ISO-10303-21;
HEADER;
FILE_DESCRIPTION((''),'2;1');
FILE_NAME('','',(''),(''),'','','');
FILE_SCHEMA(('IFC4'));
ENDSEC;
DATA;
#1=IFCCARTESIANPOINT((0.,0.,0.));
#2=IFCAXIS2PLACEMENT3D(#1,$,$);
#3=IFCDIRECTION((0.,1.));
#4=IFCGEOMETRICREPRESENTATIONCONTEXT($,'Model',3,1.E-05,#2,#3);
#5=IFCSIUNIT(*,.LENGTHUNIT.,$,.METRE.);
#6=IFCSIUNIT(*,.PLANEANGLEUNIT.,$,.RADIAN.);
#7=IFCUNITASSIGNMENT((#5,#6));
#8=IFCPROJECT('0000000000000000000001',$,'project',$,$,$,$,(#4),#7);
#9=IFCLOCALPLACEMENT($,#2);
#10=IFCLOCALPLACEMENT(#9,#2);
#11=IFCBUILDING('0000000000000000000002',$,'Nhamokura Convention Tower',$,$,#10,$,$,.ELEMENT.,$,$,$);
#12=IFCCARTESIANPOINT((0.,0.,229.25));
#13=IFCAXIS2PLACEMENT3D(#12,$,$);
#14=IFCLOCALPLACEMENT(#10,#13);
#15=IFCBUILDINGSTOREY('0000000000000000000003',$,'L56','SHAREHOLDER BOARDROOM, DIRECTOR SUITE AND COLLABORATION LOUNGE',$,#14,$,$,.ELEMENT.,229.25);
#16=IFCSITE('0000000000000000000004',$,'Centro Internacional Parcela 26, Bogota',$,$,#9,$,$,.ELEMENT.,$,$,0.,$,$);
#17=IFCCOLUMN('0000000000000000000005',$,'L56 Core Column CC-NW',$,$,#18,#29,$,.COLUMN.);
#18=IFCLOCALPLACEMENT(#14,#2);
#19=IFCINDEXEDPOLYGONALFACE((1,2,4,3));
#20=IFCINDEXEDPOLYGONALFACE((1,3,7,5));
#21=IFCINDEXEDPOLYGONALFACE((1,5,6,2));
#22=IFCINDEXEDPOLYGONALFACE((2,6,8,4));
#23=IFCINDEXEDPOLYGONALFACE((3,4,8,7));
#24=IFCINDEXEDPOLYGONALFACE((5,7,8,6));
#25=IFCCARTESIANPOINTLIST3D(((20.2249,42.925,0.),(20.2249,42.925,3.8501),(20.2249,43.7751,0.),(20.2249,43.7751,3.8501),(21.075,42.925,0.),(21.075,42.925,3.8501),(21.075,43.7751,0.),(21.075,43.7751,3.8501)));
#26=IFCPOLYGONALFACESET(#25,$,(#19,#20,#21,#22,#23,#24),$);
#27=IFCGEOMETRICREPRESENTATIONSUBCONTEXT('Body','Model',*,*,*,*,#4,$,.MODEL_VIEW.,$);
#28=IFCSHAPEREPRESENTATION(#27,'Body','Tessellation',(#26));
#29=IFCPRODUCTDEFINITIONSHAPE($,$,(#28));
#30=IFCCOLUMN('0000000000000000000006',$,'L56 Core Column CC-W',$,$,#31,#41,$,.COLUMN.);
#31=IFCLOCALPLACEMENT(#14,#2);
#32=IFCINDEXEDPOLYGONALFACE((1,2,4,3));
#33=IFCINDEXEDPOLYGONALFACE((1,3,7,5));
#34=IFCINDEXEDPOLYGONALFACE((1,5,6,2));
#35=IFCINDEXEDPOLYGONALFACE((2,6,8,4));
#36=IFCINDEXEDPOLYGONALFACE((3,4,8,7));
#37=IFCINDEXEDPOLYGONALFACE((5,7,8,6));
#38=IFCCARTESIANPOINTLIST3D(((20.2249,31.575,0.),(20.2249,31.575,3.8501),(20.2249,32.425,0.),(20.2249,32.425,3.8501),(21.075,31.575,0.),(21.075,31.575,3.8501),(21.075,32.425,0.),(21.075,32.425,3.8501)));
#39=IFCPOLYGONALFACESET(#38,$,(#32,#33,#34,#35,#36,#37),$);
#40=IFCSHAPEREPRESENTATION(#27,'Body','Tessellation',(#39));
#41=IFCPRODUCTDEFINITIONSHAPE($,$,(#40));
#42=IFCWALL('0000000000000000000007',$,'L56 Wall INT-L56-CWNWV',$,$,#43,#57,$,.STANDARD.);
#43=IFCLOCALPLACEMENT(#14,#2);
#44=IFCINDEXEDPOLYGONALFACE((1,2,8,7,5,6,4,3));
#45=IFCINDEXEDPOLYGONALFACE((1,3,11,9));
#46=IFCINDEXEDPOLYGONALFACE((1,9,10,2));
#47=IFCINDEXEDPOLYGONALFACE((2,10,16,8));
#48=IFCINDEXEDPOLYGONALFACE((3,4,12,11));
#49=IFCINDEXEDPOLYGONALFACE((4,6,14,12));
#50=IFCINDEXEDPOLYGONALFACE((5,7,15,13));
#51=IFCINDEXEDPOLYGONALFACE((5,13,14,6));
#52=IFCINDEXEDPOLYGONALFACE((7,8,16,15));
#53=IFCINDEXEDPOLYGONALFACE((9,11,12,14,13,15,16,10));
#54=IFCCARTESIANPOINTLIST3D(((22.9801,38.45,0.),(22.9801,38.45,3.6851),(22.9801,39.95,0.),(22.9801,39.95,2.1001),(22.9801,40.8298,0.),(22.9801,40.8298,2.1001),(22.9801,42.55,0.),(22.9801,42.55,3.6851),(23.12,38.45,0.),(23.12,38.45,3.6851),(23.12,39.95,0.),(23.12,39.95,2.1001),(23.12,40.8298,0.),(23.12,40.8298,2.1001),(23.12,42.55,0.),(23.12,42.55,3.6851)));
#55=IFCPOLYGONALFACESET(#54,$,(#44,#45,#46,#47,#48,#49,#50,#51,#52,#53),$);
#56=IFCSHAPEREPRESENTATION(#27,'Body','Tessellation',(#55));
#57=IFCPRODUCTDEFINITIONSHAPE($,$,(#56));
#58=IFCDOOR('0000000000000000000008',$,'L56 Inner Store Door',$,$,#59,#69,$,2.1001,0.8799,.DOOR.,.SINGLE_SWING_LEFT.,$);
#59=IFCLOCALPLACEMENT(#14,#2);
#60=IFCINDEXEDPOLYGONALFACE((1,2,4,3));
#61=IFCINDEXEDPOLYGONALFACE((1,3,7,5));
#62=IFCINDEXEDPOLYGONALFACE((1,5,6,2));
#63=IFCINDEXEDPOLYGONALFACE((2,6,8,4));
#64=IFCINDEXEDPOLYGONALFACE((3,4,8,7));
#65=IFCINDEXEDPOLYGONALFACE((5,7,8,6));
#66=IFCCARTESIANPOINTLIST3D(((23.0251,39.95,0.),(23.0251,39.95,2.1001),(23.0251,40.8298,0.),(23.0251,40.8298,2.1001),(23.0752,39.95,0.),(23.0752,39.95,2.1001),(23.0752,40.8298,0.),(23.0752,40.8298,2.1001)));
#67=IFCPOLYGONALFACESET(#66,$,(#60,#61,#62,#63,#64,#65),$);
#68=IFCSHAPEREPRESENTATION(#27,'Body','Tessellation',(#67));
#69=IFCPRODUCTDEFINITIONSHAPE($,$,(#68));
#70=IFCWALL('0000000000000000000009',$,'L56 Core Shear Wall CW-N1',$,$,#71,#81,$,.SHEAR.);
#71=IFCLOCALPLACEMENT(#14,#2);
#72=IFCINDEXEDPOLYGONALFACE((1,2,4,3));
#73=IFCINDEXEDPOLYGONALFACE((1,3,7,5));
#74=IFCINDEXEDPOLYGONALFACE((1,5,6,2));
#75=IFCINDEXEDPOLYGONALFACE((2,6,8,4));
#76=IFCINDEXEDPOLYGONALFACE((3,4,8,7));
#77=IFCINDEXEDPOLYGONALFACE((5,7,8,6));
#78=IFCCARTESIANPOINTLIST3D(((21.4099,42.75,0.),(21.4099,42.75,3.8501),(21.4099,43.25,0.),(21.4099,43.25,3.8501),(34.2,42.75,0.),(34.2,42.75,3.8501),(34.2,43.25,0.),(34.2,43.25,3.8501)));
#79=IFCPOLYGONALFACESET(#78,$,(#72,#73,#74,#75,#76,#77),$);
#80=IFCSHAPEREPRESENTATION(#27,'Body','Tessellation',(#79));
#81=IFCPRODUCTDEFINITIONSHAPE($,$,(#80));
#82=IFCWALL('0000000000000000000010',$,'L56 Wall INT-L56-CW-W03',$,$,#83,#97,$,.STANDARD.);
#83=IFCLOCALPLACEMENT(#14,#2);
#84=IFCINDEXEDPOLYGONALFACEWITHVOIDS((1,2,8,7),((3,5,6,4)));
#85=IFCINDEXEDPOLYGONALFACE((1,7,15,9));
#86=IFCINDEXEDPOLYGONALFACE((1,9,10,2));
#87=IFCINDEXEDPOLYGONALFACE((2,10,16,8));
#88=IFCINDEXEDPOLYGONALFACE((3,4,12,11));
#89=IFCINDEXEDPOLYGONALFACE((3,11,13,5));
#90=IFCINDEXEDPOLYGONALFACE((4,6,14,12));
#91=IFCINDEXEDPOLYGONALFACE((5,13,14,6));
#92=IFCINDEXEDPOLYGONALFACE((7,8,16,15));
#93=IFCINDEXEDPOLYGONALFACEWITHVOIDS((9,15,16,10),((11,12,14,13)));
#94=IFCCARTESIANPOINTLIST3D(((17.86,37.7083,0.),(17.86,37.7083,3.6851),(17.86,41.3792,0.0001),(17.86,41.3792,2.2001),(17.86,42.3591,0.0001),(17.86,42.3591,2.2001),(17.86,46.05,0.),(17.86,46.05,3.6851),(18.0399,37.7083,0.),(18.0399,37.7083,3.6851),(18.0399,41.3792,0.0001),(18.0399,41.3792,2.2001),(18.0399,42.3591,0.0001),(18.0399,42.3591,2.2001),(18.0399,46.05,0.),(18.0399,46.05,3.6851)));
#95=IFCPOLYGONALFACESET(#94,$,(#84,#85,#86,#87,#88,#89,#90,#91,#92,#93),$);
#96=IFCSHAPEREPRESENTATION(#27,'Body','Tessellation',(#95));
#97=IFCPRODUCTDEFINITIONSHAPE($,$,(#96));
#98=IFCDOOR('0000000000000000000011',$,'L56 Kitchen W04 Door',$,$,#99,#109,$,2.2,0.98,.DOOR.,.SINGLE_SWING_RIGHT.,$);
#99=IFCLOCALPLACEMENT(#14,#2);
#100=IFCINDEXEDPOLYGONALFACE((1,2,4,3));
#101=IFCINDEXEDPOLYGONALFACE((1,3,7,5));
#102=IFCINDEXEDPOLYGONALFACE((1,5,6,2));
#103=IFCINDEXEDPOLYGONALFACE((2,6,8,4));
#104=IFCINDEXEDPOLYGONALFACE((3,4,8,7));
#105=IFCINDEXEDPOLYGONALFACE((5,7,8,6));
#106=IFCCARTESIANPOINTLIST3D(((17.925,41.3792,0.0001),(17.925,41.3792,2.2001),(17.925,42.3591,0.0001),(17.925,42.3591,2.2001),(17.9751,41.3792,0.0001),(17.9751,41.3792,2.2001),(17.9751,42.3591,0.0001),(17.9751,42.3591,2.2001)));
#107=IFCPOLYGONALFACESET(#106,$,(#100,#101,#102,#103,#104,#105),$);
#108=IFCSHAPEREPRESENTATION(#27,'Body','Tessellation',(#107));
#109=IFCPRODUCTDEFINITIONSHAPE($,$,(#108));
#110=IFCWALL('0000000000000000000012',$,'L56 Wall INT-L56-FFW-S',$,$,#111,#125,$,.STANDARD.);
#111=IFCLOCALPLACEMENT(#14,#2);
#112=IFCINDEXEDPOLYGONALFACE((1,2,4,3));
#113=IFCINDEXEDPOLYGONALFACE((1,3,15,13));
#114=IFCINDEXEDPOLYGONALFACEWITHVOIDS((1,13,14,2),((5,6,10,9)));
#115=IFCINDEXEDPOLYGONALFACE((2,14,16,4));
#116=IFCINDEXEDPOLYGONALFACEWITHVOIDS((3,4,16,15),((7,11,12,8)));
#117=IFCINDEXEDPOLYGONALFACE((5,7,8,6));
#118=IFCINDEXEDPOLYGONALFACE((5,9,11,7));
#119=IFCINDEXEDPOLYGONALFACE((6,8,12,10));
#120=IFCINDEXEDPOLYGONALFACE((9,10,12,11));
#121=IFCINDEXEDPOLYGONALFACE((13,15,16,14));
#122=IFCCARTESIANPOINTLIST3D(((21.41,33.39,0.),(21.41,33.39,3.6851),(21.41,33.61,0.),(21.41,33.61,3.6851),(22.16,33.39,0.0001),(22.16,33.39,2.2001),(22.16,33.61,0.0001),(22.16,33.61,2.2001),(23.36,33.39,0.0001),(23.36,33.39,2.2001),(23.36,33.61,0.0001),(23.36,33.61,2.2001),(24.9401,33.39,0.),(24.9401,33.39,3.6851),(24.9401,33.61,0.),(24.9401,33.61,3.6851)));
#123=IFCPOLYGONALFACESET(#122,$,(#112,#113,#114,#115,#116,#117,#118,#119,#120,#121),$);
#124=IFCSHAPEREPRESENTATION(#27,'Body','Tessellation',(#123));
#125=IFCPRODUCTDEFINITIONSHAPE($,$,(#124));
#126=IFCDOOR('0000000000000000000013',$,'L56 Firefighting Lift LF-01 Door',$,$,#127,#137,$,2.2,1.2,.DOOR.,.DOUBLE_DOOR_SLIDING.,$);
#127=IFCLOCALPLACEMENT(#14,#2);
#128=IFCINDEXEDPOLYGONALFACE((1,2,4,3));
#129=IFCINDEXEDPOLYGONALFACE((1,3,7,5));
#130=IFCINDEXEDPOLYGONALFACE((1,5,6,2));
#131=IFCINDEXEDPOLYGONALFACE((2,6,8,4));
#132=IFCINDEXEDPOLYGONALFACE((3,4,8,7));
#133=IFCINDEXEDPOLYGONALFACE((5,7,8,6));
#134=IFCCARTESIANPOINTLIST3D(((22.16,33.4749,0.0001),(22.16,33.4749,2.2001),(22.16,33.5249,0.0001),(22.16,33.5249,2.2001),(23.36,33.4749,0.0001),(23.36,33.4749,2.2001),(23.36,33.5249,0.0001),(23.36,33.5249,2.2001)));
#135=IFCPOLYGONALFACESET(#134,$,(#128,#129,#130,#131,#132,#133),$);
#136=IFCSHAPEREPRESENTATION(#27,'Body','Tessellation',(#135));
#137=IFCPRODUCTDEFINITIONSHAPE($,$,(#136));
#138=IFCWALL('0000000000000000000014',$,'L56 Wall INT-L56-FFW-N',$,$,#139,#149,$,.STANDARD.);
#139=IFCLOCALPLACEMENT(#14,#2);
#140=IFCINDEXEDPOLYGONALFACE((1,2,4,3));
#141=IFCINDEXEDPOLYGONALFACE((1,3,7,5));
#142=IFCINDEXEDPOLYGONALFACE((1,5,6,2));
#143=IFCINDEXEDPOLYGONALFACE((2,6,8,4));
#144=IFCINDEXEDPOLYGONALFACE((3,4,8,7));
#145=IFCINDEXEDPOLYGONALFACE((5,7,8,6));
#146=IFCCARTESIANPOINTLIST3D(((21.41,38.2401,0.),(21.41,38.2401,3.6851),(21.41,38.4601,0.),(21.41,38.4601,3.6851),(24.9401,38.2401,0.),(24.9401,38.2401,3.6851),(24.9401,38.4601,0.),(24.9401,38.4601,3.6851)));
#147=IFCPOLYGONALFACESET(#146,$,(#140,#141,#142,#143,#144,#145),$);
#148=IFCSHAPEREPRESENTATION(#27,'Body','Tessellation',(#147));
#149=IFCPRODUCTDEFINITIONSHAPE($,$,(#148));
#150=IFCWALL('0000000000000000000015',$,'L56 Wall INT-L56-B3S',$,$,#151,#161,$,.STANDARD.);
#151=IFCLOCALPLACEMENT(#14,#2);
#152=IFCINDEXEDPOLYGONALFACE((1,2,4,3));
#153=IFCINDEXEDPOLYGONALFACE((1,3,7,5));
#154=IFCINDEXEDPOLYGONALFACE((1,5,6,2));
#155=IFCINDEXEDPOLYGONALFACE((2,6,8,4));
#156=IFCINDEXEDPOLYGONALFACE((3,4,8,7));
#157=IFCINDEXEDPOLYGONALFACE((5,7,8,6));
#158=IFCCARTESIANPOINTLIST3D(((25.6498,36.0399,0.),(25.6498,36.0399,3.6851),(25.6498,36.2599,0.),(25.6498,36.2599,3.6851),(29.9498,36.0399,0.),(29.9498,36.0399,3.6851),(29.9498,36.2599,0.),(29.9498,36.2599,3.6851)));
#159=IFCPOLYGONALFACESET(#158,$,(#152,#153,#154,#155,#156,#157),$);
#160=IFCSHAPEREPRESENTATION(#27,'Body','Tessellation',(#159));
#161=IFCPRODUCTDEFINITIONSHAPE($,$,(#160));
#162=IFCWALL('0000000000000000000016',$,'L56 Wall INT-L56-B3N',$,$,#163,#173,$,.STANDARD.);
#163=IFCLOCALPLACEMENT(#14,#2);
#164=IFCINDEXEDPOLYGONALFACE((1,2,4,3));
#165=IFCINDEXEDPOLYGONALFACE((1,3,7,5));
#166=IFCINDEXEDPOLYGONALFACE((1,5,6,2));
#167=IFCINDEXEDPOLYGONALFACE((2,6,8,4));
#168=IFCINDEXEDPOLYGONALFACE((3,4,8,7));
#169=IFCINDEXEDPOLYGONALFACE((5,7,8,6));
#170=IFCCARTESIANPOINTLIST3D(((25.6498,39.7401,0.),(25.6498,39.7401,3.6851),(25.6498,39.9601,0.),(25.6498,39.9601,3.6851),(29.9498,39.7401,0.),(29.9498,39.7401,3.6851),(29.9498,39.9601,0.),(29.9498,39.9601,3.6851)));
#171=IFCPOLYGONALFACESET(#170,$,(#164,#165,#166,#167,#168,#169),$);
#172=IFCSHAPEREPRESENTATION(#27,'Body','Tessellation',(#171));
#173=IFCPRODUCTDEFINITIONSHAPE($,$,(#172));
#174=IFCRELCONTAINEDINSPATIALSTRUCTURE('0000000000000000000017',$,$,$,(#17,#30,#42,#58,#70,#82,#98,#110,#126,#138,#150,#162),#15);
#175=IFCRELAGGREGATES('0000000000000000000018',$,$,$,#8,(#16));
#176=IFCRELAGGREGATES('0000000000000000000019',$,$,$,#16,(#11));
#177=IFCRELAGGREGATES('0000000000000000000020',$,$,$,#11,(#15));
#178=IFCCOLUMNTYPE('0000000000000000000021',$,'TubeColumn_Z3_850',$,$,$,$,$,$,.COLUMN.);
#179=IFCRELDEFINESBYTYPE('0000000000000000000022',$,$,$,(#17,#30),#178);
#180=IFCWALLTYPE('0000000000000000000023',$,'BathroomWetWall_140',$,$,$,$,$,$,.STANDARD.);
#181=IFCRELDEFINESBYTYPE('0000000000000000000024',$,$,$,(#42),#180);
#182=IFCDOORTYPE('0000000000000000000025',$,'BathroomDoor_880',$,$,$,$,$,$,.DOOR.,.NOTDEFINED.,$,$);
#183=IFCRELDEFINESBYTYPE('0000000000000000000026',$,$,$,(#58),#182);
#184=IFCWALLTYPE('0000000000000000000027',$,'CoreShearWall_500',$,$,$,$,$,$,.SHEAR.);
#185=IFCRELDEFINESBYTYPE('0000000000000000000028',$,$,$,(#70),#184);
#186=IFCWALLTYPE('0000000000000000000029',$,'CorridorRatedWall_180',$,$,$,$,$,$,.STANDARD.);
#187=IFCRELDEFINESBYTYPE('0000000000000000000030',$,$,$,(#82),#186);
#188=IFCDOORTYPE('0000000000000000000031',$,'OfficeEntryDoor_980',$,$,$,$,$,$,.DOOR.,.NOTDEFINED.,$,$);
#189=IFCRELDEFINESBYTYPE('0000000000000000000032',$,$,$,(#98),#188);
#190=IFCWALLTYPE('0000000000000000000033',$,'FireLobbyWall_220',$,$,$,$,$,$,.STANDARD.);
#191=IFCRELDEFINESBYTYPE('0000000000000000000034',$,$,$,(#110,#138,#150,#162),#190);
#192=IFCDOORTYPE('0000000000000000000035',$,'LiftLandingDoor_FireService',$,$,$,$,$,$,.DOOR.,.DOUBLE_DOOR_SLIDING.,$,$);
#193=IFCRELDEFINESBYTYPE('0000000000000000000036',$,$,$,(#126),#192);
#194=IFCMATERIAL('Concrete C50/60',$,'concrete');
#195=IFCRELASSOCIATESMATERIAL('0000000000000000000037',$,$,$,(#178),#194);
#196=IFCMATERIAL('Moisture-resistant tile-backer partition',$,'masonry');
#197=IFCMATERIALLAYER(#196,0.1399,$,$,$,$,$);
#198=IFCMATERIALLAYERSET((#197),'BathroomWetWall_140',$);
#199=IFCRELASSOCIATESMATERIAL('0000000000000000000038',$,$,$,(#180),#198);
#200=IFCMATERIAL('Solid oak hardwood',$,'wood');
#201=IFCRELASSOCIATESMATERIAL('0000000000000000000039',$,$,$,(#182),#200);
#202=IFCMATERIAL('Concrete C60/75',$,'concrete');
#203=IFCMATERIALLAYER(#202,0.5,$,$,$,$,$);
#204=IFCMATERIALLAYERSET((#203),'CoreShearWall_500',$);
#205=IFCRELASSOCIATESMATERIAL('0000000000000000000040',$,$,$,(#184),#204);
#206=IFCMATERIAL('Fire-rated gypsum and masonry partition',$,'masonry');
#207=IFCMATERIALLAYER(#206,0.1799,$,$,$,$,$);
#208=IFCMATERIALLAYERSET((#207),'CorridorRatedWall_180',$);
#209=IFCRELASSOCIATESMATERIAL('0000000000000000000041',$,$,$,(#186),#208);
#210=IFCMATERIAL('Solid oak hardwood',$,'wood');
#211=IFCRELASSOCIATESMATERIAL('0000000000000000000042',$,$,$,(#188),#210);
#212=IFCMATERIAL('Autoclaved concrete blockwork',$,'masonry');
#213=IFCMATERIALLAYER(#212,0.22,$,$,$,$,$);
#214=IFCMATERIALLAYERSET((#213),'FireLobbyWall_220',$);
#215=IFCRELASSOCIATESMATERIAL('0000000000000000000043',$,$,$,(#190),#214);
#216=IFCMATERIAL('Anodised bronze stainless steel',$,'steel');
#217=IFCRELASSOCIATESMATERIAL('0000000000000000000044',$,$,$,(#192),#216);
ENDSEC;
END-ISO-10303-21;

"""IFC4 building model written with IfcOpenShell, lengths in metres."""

from ifc_helpers import new_model, si_unit, direction, frame, frame_2d, origin, origin_2d, place, context, subcontext, project, spatial, rectangle, extrude, material, layer, layer_set, material_profile, profile_set, type_object, element, fill, save


model = new_model("IFC4")

# Units and contexts
model_context = context("Model", 3, precision=1e-05, world=origin(), true_north=direction((0.0, 1.0)))
body_context = subcontext(model_context, "Body", "Model", "MODEL_VIEW")
ifc_project = project(units=[si_unit("LENGTHUNIT", "METRE"), si_unit("PLANEANGLEUNIT", "RADIAN")], contexts=[model_context])

# Site, building, storey
site_placement = place(None, origin())
site = spatial("IfcSite", under=ifc_project, at=site_placement, Name="Centro Internacional Parcela 26, Bogota", CompositionType="ELEMENT", RefElevation=0.0)
building_placement = place(site_placement, origin())
building = spatial("IfcBuilding", under=site, at=building_placement, Name="Nhamokura Convention Tower", CompositionType="ELEMENT")
storey_placement = place(building_placement, frame((0.0, 0.0, 229.25)))
storey = spatial("IfcBuildingStorey", under=building, at=storey_placement, Name="L56", Description="SHAREHOLDER BOARDROOM, DIRECTOR SUITE AND COLLABORATION LOUNGE", CompositionType="ELEMENT", Elevation=229.25)

# Columns
ifc_material_1 = material(Name="Concrete C50/60", Category="concrete")
ifc_material_profile = material_profile(ifc_material_1, rectangle(XDim=0.8501, YDim=0.8501, at=origin_2d()))
ifc_profile_set = profile_set([ifc_material_profile], Name="Concrete C50/60")
column_type = type_object("IfcColumnType", Name="TubeColumn_Z3_850", PredefinedType="COLUMN", material=ifc_profile_set)
for number, where, z_axis, x_axis, name in (
    (1, (20.6499, 43.3501, 0.0), (0.0, 0.0, 1.0), (1.0, 0.0, 0.0), "L56 Core Column CC-NW"),
    (2, (20.6499, 32.0, 0.0), (0.0, 0.0, 1.0), (1.0, 0.0, 0.0), "L56 Core Column CC-W"),
):
    element("IfcColumn", number, at=place(storey_placement, frame(where, z_axis=z_axis, x_axis=x_axis)), inside=storey, type_object=column_type, Name=name, PredefinedType="COLUMN", context=body_context, shape_type="SweptSolid", body=[
        extrude(rectangle(XDim=0.8501, YDim=0.8501, at=origin_2d()), origin(), (0.0, 0.0, 1.0), 3.8501),
    ])

# Wall, opening, door
ifc_material_2 = material(Name="Moisture-resistant tile-backer partition", Category="masonry")
ifc_layer_1 = layer(ifc_material_2, 0.1399)
ifc_layer_set_1 = layer_set([ifc_layer_1], Name="BathroomWetWall_140")
wall_type_1 = type_object("IfcWallType", Name="BathroomWetWall_140", PredefinedType="STANDARD", material=ifc_layer_set_1)
wall_1_placement = place(storey_placement, frame((23.05, 38.45, 0.0), z_axis=(0.0, 0.0, 1.0), x_axis=(0.0, 1.0, 0.0)))
wall_1 = element("IfcWall", 3, at=wall_1_placement, inside=storey, type_object=wall_type_1, Name="L56 Wall INT-L56-CWNWV", PredefinedType="STANDARD", context=body_context, shape_type="SweptSolid", body=[
    extrude(rectangle(XDim=4.1001, YDim=0.1399, at=frame_2d((2.05, 0.0))), origin(), (0.0, 0.0, 1.0), 3.6851),
])
opening_1_placement = place(wall_1_placement, frame((1.5, 0.0, 0.0)))
opening_1 = element("IfcOpeningElement", 4, at=opening_1_placement, cuts=wall_1, PredefinedType="OPENING", context=body_context, shape_type="SweptSolid", body=[
    extrude(rectangle(XDim=0.8799, YDim=2.1001, at=frame_2d((0.4399, 1.05))), frame((0.0, 0.0798, 0.0), z_axis=(0.0, -1.0, 0.0), x_axis=(1.0, 0.0, 0.0)), (0.0, 0.0, 1.0), 0.1599),
])
ifc_material_3 = material(Name="Solid oak hardwood", Category="wood")
door_type_1 = type_object("IfcDoorType", Name="BathroomDoor_880", OperationType="NOTDEFINED", PredefinedType="DOOR", material=ifc_material_3)
door_1_placement = place(opening_1_placement, origin())
door_1 = element("IfcDoor", 5, at=door_1_placement, inside=storey, type_object=door_type_1, Name="L56 Inner Store Door", OperationType="SINGLE_SWING_LEFT", OverallHeight=2.1001, OverallWidth=0.8799, PredefinedType="DOOR", context=body_context, shape_type="SweptSolid", body=[
    extrude(rectangle(XDim=0.8799, YDim=2.1001, at=frame_2d((0.4399, 1.05))), frame((0.0, 0.0249, 0.0), z_axis=(0.0, -1.0, 0.0), x_axis=(1.0, 0.0, 0.0)), (0.0, 0.0, 1.0), 0.05),
])
fill(opening_1, door_1)

# Shared definitions
ifc_material_4 = material(Name="Concrete C60/75", Category="concrete")
ifc_layer_2 = layer(ifc_material_4, 0.5)
ifc_layer_set_2 = layer_set([ifc_layer_2], Name="CoreShearWall_500")
wall_type_2 = type_object("IfcWallType", Name="CoreShearWall_500", PredefinedType="SHEAR", material=ifc_layer_set_2)

# Wall
wall_2_placement = place(storey_placement, frame((21.4099, 43.0, 0.0), z_axis=(0.0, 0.0, 1.0), x_axis=(1.0, 0.0, 0.0)))
element("IfcWall", 6, at=wall_2_placement, inside=storey, type_object=wall_type_2, Name="L56 Core Shear Wall CW-N1", PredefinedType="SHEAR", context=body_context, shape_type="SweptSolid", body=[
    extrude(rectangle(XDim=12.79, YDim=0.5, at=frame_2d((6.395, 0.0))), origin(), (0.0, 0.0, 1.0), 3.8501),
])

# Walls, openings, doors
ifc_material_5 = material(Name="Fire-rated gypsum and masonry partition", Category="masonry")
ifc_layer_3 = layer(ifc_material_5, 0.1799)
ifc_layer_set_3 = layer_set([ifc_layer_3], Name="CorridorRatedWall_180")
wall_type_3 = type_object("IfcWallType", Name="CorridorRatedWall_180", PredefinedType="STANDARD", material=ifc_layer_set_3)
wall_3_placement = place(storey_placement, frame((17.95, 37.7083, 0.0), z_axis=(0.0, 0.0, 1.0), x_axis=(0.0, 1.0, 0.0)))
wall_3 = element("IfcWall", 7, at=wall_3_placement, inside=storey, type_object=wall_type_3, Name="L56 Wall INT-L56-CW-W03", PredefinedType="STANDARD", context=body_context, shape_type="SweptSolid", body=[
    extrude(rectangle(XDim=8.3418, YDim=0.1799, at=frame_2d((4.1709, 0.0))), origin(), (0.0, 0.0, 1.0), 3.6851),
])
opening_2_placement = place(wall_3_placement, frame((3.6709, 0.0, 0.0)))
opening_2 = element("IfcOpeningElement", 8, at=opening_2_placement, cuts=wall_3, PredefinedType="OPENING", context=body_context, shape_type="SweptSolid", body=[
    extrude(rectangle(XDim=0.98, YDim=2.2, at=frame_2d((0.49, 1.1001))), frame((0.0, 0.0999, 0.0), z_axis=(0.0, -1.0, 0.0), x_axis=(1.0, 0.0, 0.0)), (0.0, 0.0, 1.0), 0.2),
])
ifc_material_6 = material(Name="Solid oak hardwood", Category="wood")
door_type_2 = type_object("IfcDoorType", Name="OfficeEntryDoor_980", OperationType="NOTDEFINED", PredefinedType="DOOR", material=ifc_material_6)
door_2_placement = place(opening_2_placement, origin())
door_2 = element("IfcDoor", 9, at=door_2_placement, inside=storey, type_object=door_type_2, Name="L56 Kitchen W04 Door", OperationType="SINGLE_SWING_RIGHT", OverallHeight=2.2, OverallWidth=0.98, PredefinedType="DOOR", context=body_context, shape_type="SweptSolid", body=[
    extrude(rectangle(XDim=0.98, YDim=2.2, at=frame_2d((0.49, 1.1001))), frame((0.0, 0.0249, 0.0), z_axis=(0.0, -1.0, 0.0), x_axis=(1.0, 0.0, 0.0)), (0.0, 0.0, 1.0), 0.05),
])
fill(opening_2, door_2)
ifc_material_7 = material(Name="Autoclaved concrete blockwork", Category="masonry")
ifc_layer_4 = layer(ifc_material_7, 0.22)
ifc_layer_set_4 = layer_set([ifc_layer_4], Name="FireLobbyWall_220")
wall_type_4 = type_object("IfcWallType", Name="FireLobbyWall_220", PredefinedType="STANDARD", material=ifc_layer_set_4)
wall_4_placement = place(storey_placement, frame((21.4099, 33.5, 0.0), z_axis=(0.0, 0.0, 1.0), x_axis=(1.0, 0.0, 0.0)))
wall_4 = element("IfcWall", 10, at=wall_4_placement, inside=storey, type_object=wall_type_4, Name="L56 Wall INT-L56-FFW-S", PredefinedType="STANDARD", context=body_context, shape_type="SweptSolid", body=[
    extrude(rectangle(XDim=3.53, YDim=0.22, at=frame_2d((1.7651, 0.0))), origin(), (0.0, 0.0, 1.0), 3.6851),
])
opening_3_placement = place(wall_4_placement, frame((0.75, 0.0, 0.0)))
opening_3 = element("IfcOpeningElement", 11, at=opening_3_placement, cuts=wall_4, PredefinedType="OPENING", context=body_context, shape_type="SweptSolid", body=[
    extrude(rectangle(XDim=1.2, YDim=2.2, at=frame_2d((0.6001, 1.1001))), frame((0.0, 0.1199, 0.0), z_axis=(0.0, -1.0, 0.0), x_axis=(1.0, 0.0, 0.0)), (0.0, 0.0, 1.0), 0.24),
])
ifc_material_8 = material(Name="Anodised bronze stainless steel", Category="steel")
door_type_3 = type_object("IfcDoorType", Name="LiftLandingDoor_FireService", OperationType="DOUBLE_DOOR_SLIDING", PredefinedType="DOOR", material=ifc_material_8)
door_3_placement = place(opening_3_placement, origin())
door_3 = element("IfcDoor", 12, at=door_3_placement, inside=storey, type_object=door_type_3, Name="L56 Firefighting Lift LF-01 Door", OperationType="DOUBLE_DOOR_SLIDING", OverallHeight=2.2, OverallWidth=1.2, PredefinedType="DOOR", context=body_context, shape_type="SweptSolid", body=[
    extrude(rectangle(XDim=1.2, YDim=2.2, at=frame_2d((0.6001, 1.1001))), frame((0.0, 0.0249, 0.0), z_axis=(0.0, -1.0, 0.0), x_axis=(1.0, 0.0, 0.0)), (0.0, 0.0, 1.0), 0.05),
])
fill(opening_3, door_3)

# Walls
wall_5_placement = place(storey_placement, frame((21.4099, 38.3501, 0.0), z_axis=(0.0, 0.0, 1.0), x_axis=(1.0, 0.0, 0.0)))
element("IfcWall", 13, at=wall_5_placement, inside=storey, type_object=wall_type_4, Name="L56 Wall INT-L56-FFW-N", PredefinedType="STANDARD", context=body_context, shape_type="SweptSolid", body=[
    extrude(rectangle(XDim=3.53, YDim=0.22, at=frame_2d((1.7651, 0.0))), origin(), (0.0, 0.0, 1.0), 3.6851),
])
for number, where, z_axis, x_axis, name in (
    (14, (25.6499, 36.1499, 0.0), (0.0, 0.0, 1.0), (1.0, 0.0, 0.0), "L56 Wall INT-L56-B3S"),
    (15, (25.6499, 39.8501, 0.0), (0.0, 0.0, 1.0), (1.0, 0.0, 0.0), "L56 Wall INT-L56-B3N"),
):
    element("IfcWall", number, at=place(storey_placement, frame(where, z_axis=z_axis, x_axis=x_axis)), inside=storey, type_object=wall_type_4, Name=name, PredefinedType="STANDARD", context=body_context, shape_type="SweptSolid", body=[
        extrude(rectangle(XDim=4.3, YDim=0.22, at=frame_2d((2.1499, 0.0))), origin(), (0.0, 0.0, 1.0), 3.6851),
    ])

save(model, "model.ifc")
